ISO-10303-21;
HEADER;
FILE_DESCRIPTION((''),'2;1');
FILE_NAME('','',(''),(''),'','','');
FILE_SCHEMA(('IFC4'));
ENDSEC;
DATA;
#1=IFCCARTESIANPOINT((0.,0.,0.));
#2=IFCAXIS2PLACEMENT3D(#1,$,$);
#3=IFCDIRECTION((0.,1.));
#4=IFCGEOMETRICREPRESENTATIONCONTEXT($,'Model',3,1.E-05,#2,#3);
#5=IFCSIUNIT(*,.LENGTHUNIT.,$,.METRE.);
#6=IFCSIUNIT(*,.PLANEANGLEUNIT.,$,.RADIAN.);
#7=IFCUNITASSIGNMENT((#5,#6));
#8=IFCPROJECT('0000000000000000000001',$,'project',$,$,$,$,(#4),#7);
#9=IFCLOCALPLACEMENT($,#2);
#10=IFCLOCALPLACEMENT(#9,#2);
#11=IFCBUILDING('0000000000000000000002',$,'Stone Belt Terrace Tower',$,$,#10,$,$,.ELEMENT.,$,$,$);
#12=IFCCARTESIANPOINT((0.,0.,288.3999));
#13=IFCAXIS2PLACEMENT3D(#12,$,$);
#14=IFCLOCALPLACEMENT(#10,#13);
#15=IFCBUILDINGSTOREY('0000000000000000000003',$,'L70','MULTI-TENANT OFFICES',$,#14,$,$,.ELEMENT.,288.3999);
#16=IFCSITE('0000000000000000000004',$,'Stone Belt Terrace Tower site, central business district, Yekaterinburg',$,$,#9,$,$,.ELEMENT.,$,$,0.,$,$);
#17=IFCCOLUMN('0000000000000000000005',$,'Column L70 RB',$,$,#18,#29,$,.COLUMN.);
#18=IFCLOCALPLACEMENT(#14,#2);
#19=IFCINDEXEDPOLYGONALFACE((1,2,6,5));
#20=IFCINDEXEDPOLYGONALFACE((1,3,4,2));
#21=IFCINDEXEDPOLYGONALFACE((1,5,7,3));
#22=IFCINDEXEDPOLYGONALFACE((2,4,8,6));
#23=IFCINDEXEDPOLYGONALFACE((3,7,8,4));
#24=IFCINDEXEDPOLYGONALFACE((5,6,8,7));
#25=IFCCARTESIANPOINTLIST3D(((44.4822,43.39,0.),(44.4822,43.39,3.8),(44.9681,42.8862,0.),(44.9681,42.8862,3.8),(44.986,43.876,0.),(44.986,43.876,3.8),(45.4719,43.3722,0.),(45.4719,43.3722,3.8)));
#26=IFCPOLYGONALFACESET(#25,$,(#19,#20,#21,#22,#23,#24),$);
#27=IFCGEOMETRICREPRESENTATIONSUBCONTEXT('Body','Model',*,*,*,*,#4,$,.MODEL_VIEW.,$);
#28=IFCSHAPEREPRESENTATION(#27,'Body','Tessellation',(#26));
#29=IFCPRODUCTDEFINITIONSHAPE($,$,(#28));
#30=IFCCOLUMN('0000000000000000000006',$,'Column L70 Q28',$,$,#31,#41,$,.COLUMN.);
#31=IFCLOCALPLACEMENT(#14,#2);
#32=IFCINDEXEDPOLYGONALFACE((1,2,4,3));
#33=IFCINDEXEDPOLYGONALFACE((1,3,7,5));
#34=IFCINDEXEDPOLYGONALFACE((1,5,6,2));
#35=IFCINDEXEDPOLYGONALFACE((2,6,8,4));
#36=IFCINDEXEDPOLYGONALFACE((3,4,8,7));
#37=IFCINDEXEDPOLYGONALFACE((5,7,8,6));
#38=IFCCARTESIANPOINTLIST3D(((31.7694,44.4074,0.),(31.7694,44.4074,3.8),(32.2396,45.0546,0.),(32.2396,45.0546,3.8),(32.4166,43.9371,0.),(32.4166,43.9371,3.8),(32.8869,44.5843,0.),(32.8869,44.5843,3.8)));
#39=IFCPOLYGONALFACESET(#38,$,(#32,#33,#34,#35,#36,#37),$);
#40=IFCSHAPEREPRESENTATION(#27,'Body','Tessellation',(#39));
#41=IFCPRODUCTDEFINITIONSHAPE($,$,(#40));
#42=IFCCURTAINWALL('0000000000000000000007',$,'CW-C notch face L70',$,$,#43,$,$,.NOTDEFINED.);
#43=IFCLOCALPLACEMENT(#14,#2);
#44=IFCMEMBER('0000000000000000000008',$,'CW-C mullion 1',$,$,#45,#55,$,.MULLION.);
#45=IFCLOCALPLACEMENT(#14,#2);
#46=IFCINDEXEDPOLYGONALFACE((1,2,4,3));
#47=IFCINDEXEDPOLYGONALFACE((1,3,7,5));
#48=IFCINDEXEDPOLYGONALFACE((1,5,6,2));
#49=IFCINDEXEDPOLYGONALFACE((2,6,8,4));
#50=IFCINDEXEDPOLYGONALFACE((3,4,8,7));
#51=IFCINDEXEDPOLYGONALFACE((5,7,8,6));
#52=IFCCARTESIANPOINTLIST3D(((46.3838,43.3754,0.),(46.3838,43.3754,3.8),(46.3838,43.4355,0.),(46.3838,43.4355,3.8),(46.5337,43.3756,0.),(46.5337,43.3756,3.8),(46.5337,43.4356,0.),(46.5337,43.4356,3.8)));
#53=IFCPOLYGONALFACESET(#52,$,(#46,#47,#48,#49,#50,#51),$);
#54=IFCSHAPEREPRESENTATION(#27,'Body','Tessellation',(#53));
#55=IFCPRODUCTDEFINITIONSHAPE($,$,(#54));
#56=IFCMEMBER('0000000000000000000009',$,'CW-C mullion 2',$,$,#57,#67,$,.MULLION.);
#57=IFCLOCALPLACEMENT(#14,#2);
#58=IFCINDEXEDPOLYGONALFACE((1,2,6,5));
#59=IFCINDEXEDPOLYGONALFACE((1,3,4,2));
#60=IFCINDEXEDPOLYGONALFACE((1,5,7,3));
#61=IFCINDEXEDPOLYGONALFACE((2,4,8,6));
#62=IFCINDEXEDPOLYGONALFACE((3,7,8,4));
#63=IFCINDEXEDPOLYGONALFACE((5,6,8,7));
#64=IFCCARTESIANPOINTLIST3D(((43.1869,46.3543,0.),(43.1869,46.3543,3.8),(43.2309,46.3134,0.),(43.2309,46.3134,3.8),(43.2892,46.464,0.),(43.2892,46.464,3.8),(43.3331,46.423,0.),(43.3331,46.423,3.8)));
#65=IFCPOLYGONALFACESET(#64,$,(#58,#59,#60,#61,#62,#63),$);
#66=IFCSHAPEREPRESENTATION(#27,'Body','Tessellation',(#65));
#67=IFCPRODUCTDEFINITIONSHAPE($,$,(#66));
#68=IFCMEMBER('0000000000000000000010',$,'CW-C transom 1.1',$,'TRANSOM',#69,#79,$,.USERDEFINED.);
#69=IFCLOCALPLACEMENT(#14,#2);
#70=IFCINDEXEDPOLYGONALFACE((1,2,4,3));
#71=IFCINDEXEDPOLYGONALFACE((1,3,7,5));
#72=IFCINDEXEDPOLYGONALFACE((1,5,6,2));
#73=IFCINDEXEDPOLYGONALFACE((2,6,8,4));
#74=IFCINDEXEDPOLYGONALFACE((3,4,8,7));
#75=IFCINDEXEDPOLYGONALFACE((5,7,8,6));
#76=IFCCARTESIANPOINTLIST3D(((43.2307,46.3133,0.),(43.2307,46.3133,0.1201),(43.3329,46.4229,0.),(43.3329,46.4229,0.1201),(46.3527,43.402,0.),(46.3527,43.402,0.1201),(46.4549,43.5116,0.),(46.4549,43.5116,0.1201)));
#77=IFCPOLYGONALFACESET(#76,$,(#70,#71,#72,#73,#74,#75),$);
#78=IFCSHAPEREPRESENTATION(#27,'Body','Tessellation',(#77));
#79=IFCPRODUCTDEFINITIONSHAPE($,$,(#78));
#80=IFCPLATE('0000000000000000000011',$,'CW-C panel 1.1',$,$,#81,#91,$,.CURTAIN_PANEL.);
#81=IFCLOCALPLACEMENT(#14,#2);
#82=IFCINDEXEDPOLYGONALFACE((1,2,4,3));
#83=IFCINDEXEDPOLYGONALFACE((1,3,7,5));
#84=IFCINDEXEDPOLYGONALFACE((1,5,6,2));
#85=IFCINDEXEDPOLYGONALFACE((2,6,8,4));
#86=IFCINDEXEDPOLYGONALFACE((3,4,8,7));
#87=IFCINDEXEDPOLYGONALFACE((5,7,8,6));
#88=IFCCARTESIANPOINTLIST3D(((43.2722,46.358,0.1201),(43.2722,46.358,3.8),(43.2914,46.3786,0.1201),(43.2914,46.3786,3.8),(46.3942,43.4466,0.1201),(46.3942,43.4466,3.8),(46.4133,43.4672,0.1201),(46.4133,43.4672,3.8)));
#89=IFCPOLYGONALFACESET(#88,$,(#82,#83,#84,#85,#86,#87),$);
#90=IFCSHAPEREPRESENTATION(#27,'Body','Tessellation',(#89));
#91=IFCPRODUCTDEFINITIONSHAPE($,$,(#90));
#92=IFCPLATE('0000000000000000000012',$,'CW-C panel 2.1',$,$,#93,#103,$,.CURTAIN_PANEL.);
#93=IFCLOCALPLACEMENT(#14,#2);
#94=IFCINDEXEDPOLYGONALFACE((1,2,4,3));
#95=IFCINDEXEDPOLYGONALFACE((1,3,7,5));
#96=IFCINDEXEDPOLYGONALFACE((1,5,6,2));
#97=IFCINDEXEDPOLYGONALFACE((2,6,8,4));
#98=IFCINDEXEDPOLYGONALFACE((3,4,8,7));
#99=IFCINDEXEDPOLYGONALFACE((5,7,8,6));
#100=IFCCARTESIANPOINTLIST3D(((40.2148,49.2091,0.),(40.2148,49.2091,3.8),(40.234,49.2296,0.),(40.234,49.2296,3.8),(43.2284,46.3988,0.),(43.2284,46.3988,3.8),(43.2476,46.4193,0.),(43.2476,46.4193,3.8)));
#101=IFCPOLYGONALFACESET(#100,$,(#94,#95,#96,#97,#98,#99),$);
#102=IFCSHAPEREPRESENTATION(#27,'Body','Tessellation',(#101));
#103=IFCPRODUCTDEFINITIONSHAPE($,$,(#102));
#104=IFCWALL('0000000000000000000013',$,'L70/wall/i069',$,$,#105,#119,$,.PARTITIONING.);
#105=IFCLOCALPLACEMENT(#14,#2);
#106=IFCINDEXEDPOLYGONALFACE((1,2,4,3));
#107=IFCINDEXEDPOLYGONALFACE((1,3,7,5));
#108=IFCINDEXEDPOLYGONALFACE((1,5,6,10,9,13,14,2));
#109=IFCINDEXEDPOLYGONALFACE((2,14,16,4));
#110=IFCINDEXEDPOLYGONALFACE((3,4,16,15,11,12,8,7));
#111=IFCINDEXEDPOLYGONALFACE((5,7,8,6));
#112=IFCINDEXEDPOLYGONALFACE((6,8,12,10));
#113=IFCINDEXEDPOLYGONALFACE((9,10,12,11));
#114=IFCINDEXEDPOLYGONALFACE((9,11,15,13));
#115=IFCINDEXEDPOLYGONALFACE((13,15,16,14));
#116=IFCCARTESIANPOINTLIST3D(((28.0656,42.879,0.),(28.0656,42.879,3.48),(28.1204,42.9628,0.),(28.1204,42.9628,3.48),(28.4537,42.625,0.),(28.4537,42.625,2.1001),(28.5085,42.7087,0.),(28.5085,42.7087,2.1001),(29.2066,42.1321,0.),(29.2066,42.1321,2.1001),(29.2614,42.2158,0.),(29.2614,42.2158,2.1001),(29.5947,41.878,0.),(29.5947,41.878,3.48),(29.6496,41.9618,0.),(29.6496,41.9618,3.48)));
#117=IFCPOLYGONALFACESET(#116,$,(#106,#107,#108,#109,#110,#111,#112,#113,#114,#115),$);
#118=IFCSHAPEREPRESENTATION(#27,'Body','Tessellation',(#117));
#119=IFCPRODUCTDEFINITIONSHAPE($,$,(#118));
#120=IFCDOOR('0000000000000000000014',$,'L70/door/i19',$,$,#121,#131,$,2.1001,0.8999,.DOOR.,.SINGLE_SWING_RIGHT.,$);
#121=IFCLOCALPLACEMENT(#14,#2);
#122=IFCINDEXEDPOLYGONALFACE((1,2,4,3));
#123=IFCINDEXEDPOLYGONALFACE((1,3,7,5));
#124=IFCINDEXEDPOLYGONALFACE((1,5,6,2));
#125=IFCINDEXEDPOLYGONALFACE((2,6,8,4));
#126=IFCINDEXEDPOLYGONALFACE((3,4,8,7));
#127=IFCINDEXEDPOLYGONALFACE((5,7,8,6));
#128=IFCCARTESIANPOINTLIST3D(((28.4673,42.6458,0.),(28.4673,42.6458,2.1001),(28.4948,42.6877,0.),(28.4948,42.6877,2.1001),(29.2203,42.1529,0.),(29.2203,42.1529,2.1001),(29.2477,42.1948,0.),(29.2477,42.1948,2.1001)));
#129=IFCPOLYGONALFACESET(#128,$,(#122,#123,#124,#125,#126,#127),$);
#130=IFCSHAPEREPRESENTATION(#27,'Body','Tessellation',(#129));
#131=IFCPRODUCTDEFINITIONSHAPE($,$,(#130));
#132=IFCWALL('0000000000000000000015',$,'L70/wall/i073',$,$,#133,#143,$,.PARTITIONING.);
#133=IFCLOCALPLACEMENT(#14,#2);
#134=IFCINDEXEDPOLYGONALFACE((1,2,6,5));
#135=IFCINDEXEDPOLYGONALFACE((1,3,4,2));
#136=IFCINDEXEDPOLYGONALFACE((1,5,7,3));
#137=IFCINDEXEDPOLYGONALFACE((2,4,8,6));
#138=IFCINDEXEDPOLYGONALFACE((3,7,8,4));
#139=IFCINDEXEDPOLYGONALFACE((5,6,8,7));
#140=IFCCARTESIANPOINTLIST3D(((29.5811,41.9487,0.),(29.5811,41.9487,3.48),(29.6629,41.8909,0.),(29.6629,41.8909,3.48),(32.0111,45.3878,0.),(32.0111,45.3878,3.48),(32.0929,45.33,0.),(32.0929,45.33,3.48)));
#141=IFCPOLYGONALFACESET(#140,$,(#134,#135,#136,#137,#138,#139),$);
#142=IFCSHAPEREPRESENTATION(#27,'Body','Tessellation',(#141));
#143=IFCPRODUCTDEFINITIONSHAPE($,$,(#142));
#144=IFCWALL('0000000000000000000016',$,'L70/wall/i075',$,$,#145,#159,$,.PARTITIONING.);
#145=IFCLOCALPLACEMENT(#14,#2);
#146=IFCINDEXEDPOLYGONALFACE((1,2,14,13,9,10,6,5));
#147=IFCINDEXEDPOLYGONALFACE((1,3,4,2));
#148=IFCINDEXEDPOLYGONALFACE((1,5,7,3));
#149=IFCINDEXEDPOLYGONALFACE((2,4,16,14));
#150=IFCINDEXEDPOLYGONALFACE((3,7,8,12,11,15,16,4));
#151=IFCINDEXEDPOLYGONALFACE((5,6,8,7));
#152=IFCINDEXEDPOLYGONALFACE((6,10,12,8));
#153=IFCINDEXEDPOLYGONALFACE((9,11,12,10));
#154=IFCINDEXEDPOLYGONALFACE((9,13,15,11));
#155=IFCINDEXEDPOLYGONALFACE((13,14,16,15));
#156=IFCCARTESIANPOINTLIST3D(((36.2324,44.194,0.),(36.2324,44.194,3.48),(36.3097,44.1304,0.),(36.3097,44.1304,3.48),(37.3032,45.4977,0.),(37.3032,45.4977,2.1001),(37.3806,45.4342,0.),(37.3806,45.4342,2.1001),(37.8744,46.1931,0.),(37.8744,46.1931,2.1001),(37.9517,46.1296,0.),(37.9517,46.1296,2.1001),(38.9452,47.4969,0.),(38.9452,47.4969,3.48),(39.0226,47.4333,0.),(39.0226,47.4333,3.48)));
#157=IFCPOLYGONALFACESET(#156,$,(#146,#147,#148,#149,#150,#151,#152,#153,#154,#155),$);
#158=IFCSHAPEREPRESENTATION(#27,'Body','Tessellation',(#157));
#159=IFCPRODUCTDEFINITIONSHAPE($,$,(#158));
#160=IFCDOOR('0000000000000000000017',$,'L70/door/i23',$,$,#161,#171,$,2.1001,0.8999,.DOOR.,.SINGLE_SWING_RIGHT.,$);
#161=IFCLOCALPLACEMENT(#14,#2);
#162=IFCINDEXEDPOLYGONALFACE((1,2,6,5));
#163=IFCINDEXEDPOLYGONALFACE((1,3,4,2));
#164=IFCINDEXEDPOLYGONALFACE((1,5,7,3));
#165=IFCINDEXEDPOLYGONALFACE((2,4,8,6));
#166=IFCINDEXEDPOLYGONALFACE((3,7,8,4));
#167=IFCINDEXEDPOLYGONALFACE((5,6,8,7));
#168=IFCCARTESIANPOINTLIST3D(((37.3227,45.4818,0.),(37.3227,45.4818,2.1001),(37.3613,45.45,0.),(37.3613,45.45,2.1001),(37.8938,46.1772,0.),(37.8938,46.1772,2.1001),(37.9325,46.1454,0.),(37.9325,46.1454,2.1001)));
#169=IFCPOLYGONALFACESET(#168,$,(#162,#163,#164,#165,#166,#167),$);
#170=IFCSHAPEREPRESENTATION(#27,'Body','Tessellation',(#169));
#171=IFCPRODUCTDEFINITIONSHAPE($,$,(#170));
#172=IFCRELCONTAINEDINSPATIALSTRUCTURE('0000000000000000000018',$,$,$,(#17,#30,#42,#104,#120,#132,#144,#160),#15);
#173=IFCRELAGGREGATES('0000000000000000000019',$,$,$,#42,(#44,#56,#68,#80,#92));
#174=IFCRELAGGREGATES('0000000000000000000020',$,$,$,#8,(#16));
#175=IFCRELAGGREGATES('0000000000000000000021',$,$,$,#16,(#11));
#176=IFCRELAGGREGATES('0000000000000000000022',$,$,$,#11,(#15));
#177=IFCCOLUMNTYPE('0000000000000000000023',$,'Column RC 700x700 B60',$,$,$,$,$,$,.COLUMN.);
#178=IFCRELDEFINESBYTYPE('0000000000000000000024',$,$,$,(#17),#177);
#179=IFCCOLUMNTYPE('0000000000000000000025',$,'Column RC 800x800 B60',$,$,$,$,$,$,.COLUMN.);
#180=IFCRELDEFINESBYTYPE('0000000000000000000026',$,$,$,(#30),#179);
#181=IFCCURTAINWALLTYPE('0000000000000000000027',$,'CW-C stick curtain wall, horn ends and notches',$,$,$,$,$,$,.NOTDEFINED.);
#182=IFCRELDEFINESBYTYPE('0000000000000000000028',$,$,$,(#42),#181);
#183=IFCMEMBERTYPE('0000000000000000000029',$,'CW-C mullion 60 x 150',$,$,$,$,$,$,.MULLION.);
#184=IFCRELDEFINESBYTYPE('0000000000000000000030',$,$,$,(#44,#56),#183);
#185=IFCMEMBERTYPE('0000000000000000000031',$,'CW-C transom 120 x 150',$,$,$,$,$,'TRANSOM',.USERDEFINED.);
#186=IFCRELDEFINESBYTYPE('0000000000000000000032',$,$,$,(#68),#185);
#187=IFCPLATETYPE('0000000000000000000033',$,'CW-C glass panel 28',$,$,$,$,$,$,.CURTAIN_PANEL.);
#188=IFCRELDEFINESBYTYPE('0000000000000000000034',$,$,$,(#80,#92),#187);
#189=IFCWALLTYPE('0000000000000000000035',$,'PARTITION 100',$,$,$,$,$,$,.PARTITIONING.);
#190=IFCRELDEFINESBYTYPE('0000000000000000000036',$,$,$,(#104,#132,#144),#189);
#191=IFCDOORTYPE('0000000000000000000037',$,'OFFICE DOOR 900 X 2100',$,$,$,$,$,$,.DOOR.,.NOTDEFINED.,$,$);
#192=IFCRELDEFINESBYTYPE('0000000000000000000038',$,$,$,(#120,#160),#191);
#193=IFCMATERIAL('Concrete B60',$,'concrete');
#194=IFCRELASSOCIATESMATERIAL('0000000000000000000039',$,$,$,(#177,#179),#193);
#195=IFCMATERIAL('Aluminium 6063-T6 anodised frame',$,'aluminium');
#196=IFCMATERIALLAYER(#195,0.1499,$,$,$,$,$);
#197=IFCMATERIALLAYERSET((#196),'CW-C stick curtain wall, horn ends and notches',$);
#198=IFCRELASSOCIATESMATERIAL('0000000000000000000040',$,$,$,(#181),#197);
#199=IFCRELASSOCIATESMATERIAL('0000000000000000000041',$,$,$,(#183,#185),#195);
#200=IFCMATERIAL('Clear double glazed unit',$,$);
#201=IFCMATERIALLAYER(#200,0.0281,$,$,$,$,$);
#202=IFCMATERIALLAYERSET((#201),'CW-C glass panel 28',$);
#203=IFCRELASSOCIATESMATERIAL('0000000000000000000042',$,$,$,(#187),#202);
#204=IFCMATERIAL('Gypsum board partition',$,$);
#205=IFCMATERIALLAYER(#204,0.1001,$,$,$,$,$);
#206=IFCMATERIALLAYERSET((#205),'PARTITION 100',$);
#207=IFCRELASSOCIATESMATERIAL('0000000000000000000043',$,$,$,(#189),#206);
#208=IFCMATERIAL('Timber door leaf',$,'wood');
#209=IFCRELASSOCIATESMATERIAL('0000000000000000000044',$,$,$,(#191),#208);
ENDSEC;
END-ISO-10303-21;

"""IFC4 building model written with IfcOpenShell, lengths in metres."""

from ifc_helpers import new_model, si_unit, direction, frame, frame_2d, origin, origin_2d, place, context, subcontext, project, spatial, rectangle, extrude, material, layer, layer_set, material_profile, profile_set, type_object, element, fill, aggregate, save


model = new_model("IFC4")

# Units and contexts
model_context = context("Model", 3, precision=1e-05, world=origin(), true_north=direction((0.0, 1.0)))
body_context = subcontext(model_context, "Body", "Model", "MODEL_VIEW")
ifc_project = project(units=[si_unit("LENGTHUNIT", "METRE"), si_unit("PLANEANGLEUNIT", "RADIAN")], contexts=[model_context])

# Site, building, storey
site_placement = place(None, origin())
site = spatial("IfcSite", under=ifc_project, at=site_placement, Name="Stone Belt Terrace Tower site, central business district, Yekaterinburg", CompositionType="ELEMENT", RefElevation=0.0)
building_placement = place(site_placement, origin())
building = spatial("IfcBuilding", under=site, at=building_placement, Name="Stone Belt Terrace Tower", CompositionType="ELEMENT")
storey_placement = place(building_placement, frame((0.0, 0.0, 288.3999)))
storey = spatial("IfcBuildingStorey", under=building, at=storey_placement, Name="L70", Description="MULTI-TENANT OFFICES", CompositionType="ELEMENT", Elevation=288.3999)

# Columns
ifc_material_1 = material(Name="Concrete B60", Category="concrete")
ifc_material_profile_1 = material_profile(ifc_material_1, rectangle(XDim=0.7, YDim=0.7, at=origin_2d()), Name="RC 700x700")
ifc_profile_set_1 = profile_set([ifc_material_profile_1], Name="Concrete B60")
column_type_1 = type_object("IfcColumnType", Name="Column RC 700x700 B60", PredefinedType="COLUMN", material=ifc_profile_set_1)
column_1_placement = place(storey_placement, frame((44.9771, 43.3811, 0.0), z_axis=(0.0, 0.0, 1.0), x_axis=(0.694221, -0.719762, 0.0)))
element("IfcColumn", 1, at=column_1_placement, inside=storey, type_object=column_type_1, Name="Column L70 RB", PredefinedType="COLUMN", context=body_context, shape_type="SweptSolid", body=[
    extrude(rectangle(XDim=0.7, YDim=0.7, at=origin_2d()), origin(), (0.0, 0.0, 1.0), 3.8),
])
ifc_material_profile_2 = material_profile(ifc_material_1, rectangle(XDim=0.8, YDim=0.8, at=origin_2d()), Name="RC 800x800")
ifc_profile_set_2 = profile_set([ifc_material_profile_2], Name="Concrete B60")
column_type_2 = type_object("IfcColumnType", Name="Column RC 800x800 B60", PredefinedType="COLUMN", material=ifc_profile_set_2)
column_2_placement = place(storey_placement, frame((32.3281, 44.4958, 0.0), z_axis=(0.0, 0.0, 1.0), x_axis=(0.809017, -0.587785, 0.0)))
element("IfcColumn", 2, at=column_2_placement, inside=storey, type_object=column_type_2, Name="Column L70 Q28", PredefinedType="COLUMN", context=body_context, shape_type="SweptSolid", body=[
    extrude(rectangle(XDim=0.8, YDim=0.8, at=origin_2d()), origin(), (0.0, 0.0, 1.0), 3.8),
])

# Curtain wall, members, plates
ifc_material_2 = material(Name="Aluminium 6063-T6 anodised frame", Category="aluminium")
ifc_layer_1 = layer(ifc_material_2, 0.1499)
ifc_layer_set_1 = layer_set([ifc_layer_1], Name="CW-C stick curtain wall, horn ends and notches")
curtain_wall_type = type_object("IfcCurtainWallType", Name="CW-C stick curtain wall, horn ends and notches", PredefinedType="NOTDEFINED", material=ifc_layer_set_1)
curtain_wall_placement = place(storey_placement, origin())
curtain_wall = element("IfcCurtainWall", 3, at=curtain_wall_placement, inside=storey, type_object=curtain_wall_type, Name="CW-C notch face L70", PredefinedType="NOTDEFINED")
ifc_material_profile_3 = material_profile(ifc_material_2, rectangle(XDim=0.1499, YDim=0.0601, at=origin_2d()), Name="Aluminium 6063-T6 60x150")
ifc_profile_set_3 = profile_set([ifc_material_profile_3], Name="Aluminium 6063-T6 anodised frame")
member_type_1 = type_object("IfcMemberType", Name="CW-C mullion 60 x 150", PredefinedType="MULLION", material=ifc_profile_set_3)
member_1_placement = place(storey_placement, frame((46.4587, 43.4055, 0.0), z_axis=(0.0, 0.0, 1.0), x_axis=(-0.999999, -0.001051, 0.0)))
member_1 = element("IfcMember", 4, at=member_1_placement, type_object=member_type_1, Name="CW-C mullion 1", PredefinedType="MULLION", context=body_context, shape_type="SweptSolid", body=[
    extrude(rectangle(XDim=0.1499, YDim=0.0601, at=origin_2d()), origin(), (0.0, 0.0, 1.0), 3.8),
])
member_2_placement = place(storey_placement, frame((43.26, 46.3887, 0.0), z_axis=(0.0, 0.0, 1.0), x_axis=(-0.682014, -0.731339, 0.0)))
member_2 = element("IfcMember", 5, at=member_2_placement, type_object=member_type_1, Name="CW-C mullion 2", PredefinedType="MULLION", context=body_context, shape_type="SweptSolid", body=[
    extrude(rectangle(XDim=0.1499, YDim=0.0601, at=origin_2d()), origin(), (0.0, 0.0, 1.0), 3.8),
])
ifc_material_profile_4 = material_profile(ifc_material_2, rectangle(XDim=0.1499, YDim=0.1201, at=origin_2d()), Name="Aluminium 6063-T6 150x120")
ifc_profile_set_4 = profile_set([ifc_material_profile_4], Name="Aluminium 6063-T6 anodised frame")
member_type_2 = type_object("IfcMemberType", Name="CW-C transom 120 x 150", ElementType="TRANSOM", PredefinedType="USERDEFINED", material=ifc_profile_set_4)
member_3_placement = place(storey_placement, frame((46.4038, 43.4568, 0.0601), z_axis=(-0.731354, 0.681998, 0.0), x_axis=(-0.681998, -0.731354, 0.0)))
member_3 = element("IfcMember", 6, at=member_3_placement, type_object=member_type_2, Name="CW-C transom 1.1", ObjectType="TRANSOM", PredefinedType="USERDEFINED", context=body_context, shape_type="SweptSolid", body=[
    extrude(rectangle(XDim=0.1499, YDim=0.1201, at=origin_2d()), origin(), (0.0, 0.0, 1.0), 4.2688),
])
ifc_material_3 = material(Name="Clear double glazed unit")
ifc_layer_2 = layer(ifc_material_3, 0.0281)
ifc_layer_set_2 = layer_set([ifc_layer_2], Name="CW-C glass panel 28")
plate_type = type_object("IfcPlateType", Name="CW-C glass panel 28", PredefinedType="CURTAIN_PANEL", material=ifc_layer_set_2)
plate_1_placement = place(storey_placement, frame((44.8428, 44.9126, 0.1201), z_axis=(0.0, 0.0, 1.0), x_axis=(-0.731339, 0.682014, 0.0)))
plate_1 = element("IfcPlate", 7, at=plate_1_placement, type_object=plate_type, Name="CW-C panel 1.1", PredefinedType="CURTAIN_PANEL", context=body_context, shape_type="SweptSolid", body=[
    extrude(rectangle(XDim=4.2688, YDim=0.0281, at=origin_2d()), origin(), (0.0, 0.0, 1.0), 3.6799),
])
plate_2_placement = place(storey_placement, frame((41.7312, 47.8142, 0.0), z_axis=(0.0, 0.0, 1.0), x_axis=(-0.731339, 0.682014, 0.0)))
plate_2 = element("IfcPlate", 8, at=plate_2_placement, type_object=plate_type, Name="CW-C panel 2.1", PredefinedType="CURTAIN_PANEL", context=body_context, shape_type="SweptSolid", body=[
    extrude(rectangle(XDim=4.1206, YDim=0.0281, at=origin_2d()), origin(), (0.0, 0.0, 1.0), 3.8),
])
aggregate(curtain_wall, [member_1, member_2, member_3, plate_1, plate_2])

# Wall, opening, door
ifc_material_4 = material(Name="Gypsum board partition")
ifc_layer_3 = layer(ifc_material_4, 0.1001)
ifc_layer_set_3 = layer_set([ifc_layer_3], Name="PARTITION 100")
wall_type_1 = type_object("IfcWallType", Name="PARTITION 100", PredefinedType="PARTITIONING", material=ifc_layer_set_3)
wall_1_placement = place(storey_placement, frame((28.093, 42.9209, 0.0), z_axis=(0.0, 0.0, 1.0), x_axis=(0.836666, -0.547714, 0.0)))
wall_1 = element("IfcWall", 9, at=wall_1_placement, inside=storey, type_object=wall_type_1, Name="L70/wall/i069", PredefinedType="PARTITIONING", context=body_context, shape_type="SweptSolid", body=[
    extrude(rectangle(XDim=1.8276, YDim=0.1001, at=frame_2d((0.9138, 0.0))), origin(), (0.0, 0.0, 1.0), 3.48),
])
opening_1_placement = place(wall_1_placement, frame((0.4639, 0.0, 0.0)))
opening_1 = element("IfcOpeningElement", 10, at=opening_1_placement, cuts=wall_1, PredefinedType="OPENING", context=body_context, shape_type="SweptSolid", body=[
    extrude(rectangle(XDim=0.8999, YDim=2.1001, at=frame_2d((0.45, 1.05))), frame((0.0, 0.0601, 0.0), z_axis=(0.0, -1.0, 0.0), x_axis=(1.0, 0.0, 0.0)), (0.0, 0.0, 1.0), 0.1201),
])
ifc_material_5 = material(Name="Timber door leaf", Category="wood")
door_type_1 = type_object("IfcDoorType", Name="OFFICE DOOR 900 X 2100", OperationType="NOTDEFINED", PredefinedType="DOOR", material=ifc_material_5)
door_1_placement = place(opening_1_placement, origin())
door_1 = element("IfcDoor", 11, at=door_1_placement, inside=storey, type_object=door_type_1, Name="L70/door/i19", OperationType="SINGLE_SWING_RIGHT", OverallHeight=2.1001, OverallWidth=0.8999, PredefinedType="DOOR", context=body_context, shape_type="SweptSolid", body=[
    extrude(rectangle(XDim=0.8999, YDim=2.1001, at=frame_2d((0.45, 1.05))), frame((0.0, 0.0249, 0.0), z_axis=(0.0, -1.0, 0.0), x_axis=(1.0, 0.0, 0.0)), (0.0, 0.0, 1.0), 0.05),
])
fill(opening_1, door_1)

# Wall
wall_2_placement = place(storey_placement, frame((32.052, 45.3589, 0.0), z_axis=(0.0, 0.0, 1.0), x_axis=(-0.577068, -0.816696, 0.0)))
element("IfcWall", 12, at=wall_2_placement, inside=storey, type_object=wall_type_1, Name="L70/wall/i073", PredefinedType="PARTITIONING", context=body_context, shape_type="SweptSolid", body=[
    extrude(rectangle(XDim=4.2109, YDim=0.1001, at=frame_2d((2.1055, 0.0))), origin(), (0.0, 0.0, 1.0), 3.48),
])

# Wall, opening, door
wall_3_placement = place(storey_placement, frame((36.271, 44.1621, 0.0), z_axis=(0.0, 0.0, 1.0), x_axis=(0.634702, 0.772757, 0.0)))
wall_3 = element("IfcWall", 13, at=wall_3_placement, inside=storey, type_object=wall_type_1, Name="L70/wall/i075", PredefinedType="PARTITIONING", context=body_context, shape_type="SweptSolid", body=[
    extrude(rectangle(XDim=4.2742, YDim=0.1001, at=frame_2d((2.1372, 0.0))), origin(), (0.0, 0.0, 1.0), 3.48),
])
opening_2_placement = place(wall_3_placement, frame((1.6873, 0.0, 0.0)))
opening_2 = element("IfcOpeningElement", 14, at=opening_2_placement, cuts=wall_3, PredefinedType="OPENING", context=body_context, shape_type="SweptSolid", body=[
    extrude(rectangle(XDim=0.8999, YDim=2.1001, at=frame_2d((0.45, 1.05))), frame((0.0, 0.0601, 0.0), z_axis=(0.0, -1.0, 0.0), x_axis=(1.0, 0.0, 0.0)), (0.0, 0.0, 1.0), 0.1201),
])
door_2_placement = place(opening_2_placement, origin())
door_2 = element("IfcDoor", 15, at=door_2_placement, inside=storey, type_object=door_type_1, Name="L70/door/i23", OperationType="SINGLE_SWING_RIGHT", OverallHeight=2.1001, OverallWidth=0.8999, PredefinedType="DOOR", context=body_context, shape_type="SweptSolid", body=[
    extrude(rectangle(XDim=0.8999, YDim=2.1001, at=frame_2d((0.45, 1.05))), frame((0.0, 0.0249, 0.0), z_axis=(0.0, -1.0, 0.0), x_axis=(1.0, 0.0, 0.0)), (0.0, 0.0, 1.0), 0.05),
])
fill(opening_2, door_2)

save(model, "model.ifc")
